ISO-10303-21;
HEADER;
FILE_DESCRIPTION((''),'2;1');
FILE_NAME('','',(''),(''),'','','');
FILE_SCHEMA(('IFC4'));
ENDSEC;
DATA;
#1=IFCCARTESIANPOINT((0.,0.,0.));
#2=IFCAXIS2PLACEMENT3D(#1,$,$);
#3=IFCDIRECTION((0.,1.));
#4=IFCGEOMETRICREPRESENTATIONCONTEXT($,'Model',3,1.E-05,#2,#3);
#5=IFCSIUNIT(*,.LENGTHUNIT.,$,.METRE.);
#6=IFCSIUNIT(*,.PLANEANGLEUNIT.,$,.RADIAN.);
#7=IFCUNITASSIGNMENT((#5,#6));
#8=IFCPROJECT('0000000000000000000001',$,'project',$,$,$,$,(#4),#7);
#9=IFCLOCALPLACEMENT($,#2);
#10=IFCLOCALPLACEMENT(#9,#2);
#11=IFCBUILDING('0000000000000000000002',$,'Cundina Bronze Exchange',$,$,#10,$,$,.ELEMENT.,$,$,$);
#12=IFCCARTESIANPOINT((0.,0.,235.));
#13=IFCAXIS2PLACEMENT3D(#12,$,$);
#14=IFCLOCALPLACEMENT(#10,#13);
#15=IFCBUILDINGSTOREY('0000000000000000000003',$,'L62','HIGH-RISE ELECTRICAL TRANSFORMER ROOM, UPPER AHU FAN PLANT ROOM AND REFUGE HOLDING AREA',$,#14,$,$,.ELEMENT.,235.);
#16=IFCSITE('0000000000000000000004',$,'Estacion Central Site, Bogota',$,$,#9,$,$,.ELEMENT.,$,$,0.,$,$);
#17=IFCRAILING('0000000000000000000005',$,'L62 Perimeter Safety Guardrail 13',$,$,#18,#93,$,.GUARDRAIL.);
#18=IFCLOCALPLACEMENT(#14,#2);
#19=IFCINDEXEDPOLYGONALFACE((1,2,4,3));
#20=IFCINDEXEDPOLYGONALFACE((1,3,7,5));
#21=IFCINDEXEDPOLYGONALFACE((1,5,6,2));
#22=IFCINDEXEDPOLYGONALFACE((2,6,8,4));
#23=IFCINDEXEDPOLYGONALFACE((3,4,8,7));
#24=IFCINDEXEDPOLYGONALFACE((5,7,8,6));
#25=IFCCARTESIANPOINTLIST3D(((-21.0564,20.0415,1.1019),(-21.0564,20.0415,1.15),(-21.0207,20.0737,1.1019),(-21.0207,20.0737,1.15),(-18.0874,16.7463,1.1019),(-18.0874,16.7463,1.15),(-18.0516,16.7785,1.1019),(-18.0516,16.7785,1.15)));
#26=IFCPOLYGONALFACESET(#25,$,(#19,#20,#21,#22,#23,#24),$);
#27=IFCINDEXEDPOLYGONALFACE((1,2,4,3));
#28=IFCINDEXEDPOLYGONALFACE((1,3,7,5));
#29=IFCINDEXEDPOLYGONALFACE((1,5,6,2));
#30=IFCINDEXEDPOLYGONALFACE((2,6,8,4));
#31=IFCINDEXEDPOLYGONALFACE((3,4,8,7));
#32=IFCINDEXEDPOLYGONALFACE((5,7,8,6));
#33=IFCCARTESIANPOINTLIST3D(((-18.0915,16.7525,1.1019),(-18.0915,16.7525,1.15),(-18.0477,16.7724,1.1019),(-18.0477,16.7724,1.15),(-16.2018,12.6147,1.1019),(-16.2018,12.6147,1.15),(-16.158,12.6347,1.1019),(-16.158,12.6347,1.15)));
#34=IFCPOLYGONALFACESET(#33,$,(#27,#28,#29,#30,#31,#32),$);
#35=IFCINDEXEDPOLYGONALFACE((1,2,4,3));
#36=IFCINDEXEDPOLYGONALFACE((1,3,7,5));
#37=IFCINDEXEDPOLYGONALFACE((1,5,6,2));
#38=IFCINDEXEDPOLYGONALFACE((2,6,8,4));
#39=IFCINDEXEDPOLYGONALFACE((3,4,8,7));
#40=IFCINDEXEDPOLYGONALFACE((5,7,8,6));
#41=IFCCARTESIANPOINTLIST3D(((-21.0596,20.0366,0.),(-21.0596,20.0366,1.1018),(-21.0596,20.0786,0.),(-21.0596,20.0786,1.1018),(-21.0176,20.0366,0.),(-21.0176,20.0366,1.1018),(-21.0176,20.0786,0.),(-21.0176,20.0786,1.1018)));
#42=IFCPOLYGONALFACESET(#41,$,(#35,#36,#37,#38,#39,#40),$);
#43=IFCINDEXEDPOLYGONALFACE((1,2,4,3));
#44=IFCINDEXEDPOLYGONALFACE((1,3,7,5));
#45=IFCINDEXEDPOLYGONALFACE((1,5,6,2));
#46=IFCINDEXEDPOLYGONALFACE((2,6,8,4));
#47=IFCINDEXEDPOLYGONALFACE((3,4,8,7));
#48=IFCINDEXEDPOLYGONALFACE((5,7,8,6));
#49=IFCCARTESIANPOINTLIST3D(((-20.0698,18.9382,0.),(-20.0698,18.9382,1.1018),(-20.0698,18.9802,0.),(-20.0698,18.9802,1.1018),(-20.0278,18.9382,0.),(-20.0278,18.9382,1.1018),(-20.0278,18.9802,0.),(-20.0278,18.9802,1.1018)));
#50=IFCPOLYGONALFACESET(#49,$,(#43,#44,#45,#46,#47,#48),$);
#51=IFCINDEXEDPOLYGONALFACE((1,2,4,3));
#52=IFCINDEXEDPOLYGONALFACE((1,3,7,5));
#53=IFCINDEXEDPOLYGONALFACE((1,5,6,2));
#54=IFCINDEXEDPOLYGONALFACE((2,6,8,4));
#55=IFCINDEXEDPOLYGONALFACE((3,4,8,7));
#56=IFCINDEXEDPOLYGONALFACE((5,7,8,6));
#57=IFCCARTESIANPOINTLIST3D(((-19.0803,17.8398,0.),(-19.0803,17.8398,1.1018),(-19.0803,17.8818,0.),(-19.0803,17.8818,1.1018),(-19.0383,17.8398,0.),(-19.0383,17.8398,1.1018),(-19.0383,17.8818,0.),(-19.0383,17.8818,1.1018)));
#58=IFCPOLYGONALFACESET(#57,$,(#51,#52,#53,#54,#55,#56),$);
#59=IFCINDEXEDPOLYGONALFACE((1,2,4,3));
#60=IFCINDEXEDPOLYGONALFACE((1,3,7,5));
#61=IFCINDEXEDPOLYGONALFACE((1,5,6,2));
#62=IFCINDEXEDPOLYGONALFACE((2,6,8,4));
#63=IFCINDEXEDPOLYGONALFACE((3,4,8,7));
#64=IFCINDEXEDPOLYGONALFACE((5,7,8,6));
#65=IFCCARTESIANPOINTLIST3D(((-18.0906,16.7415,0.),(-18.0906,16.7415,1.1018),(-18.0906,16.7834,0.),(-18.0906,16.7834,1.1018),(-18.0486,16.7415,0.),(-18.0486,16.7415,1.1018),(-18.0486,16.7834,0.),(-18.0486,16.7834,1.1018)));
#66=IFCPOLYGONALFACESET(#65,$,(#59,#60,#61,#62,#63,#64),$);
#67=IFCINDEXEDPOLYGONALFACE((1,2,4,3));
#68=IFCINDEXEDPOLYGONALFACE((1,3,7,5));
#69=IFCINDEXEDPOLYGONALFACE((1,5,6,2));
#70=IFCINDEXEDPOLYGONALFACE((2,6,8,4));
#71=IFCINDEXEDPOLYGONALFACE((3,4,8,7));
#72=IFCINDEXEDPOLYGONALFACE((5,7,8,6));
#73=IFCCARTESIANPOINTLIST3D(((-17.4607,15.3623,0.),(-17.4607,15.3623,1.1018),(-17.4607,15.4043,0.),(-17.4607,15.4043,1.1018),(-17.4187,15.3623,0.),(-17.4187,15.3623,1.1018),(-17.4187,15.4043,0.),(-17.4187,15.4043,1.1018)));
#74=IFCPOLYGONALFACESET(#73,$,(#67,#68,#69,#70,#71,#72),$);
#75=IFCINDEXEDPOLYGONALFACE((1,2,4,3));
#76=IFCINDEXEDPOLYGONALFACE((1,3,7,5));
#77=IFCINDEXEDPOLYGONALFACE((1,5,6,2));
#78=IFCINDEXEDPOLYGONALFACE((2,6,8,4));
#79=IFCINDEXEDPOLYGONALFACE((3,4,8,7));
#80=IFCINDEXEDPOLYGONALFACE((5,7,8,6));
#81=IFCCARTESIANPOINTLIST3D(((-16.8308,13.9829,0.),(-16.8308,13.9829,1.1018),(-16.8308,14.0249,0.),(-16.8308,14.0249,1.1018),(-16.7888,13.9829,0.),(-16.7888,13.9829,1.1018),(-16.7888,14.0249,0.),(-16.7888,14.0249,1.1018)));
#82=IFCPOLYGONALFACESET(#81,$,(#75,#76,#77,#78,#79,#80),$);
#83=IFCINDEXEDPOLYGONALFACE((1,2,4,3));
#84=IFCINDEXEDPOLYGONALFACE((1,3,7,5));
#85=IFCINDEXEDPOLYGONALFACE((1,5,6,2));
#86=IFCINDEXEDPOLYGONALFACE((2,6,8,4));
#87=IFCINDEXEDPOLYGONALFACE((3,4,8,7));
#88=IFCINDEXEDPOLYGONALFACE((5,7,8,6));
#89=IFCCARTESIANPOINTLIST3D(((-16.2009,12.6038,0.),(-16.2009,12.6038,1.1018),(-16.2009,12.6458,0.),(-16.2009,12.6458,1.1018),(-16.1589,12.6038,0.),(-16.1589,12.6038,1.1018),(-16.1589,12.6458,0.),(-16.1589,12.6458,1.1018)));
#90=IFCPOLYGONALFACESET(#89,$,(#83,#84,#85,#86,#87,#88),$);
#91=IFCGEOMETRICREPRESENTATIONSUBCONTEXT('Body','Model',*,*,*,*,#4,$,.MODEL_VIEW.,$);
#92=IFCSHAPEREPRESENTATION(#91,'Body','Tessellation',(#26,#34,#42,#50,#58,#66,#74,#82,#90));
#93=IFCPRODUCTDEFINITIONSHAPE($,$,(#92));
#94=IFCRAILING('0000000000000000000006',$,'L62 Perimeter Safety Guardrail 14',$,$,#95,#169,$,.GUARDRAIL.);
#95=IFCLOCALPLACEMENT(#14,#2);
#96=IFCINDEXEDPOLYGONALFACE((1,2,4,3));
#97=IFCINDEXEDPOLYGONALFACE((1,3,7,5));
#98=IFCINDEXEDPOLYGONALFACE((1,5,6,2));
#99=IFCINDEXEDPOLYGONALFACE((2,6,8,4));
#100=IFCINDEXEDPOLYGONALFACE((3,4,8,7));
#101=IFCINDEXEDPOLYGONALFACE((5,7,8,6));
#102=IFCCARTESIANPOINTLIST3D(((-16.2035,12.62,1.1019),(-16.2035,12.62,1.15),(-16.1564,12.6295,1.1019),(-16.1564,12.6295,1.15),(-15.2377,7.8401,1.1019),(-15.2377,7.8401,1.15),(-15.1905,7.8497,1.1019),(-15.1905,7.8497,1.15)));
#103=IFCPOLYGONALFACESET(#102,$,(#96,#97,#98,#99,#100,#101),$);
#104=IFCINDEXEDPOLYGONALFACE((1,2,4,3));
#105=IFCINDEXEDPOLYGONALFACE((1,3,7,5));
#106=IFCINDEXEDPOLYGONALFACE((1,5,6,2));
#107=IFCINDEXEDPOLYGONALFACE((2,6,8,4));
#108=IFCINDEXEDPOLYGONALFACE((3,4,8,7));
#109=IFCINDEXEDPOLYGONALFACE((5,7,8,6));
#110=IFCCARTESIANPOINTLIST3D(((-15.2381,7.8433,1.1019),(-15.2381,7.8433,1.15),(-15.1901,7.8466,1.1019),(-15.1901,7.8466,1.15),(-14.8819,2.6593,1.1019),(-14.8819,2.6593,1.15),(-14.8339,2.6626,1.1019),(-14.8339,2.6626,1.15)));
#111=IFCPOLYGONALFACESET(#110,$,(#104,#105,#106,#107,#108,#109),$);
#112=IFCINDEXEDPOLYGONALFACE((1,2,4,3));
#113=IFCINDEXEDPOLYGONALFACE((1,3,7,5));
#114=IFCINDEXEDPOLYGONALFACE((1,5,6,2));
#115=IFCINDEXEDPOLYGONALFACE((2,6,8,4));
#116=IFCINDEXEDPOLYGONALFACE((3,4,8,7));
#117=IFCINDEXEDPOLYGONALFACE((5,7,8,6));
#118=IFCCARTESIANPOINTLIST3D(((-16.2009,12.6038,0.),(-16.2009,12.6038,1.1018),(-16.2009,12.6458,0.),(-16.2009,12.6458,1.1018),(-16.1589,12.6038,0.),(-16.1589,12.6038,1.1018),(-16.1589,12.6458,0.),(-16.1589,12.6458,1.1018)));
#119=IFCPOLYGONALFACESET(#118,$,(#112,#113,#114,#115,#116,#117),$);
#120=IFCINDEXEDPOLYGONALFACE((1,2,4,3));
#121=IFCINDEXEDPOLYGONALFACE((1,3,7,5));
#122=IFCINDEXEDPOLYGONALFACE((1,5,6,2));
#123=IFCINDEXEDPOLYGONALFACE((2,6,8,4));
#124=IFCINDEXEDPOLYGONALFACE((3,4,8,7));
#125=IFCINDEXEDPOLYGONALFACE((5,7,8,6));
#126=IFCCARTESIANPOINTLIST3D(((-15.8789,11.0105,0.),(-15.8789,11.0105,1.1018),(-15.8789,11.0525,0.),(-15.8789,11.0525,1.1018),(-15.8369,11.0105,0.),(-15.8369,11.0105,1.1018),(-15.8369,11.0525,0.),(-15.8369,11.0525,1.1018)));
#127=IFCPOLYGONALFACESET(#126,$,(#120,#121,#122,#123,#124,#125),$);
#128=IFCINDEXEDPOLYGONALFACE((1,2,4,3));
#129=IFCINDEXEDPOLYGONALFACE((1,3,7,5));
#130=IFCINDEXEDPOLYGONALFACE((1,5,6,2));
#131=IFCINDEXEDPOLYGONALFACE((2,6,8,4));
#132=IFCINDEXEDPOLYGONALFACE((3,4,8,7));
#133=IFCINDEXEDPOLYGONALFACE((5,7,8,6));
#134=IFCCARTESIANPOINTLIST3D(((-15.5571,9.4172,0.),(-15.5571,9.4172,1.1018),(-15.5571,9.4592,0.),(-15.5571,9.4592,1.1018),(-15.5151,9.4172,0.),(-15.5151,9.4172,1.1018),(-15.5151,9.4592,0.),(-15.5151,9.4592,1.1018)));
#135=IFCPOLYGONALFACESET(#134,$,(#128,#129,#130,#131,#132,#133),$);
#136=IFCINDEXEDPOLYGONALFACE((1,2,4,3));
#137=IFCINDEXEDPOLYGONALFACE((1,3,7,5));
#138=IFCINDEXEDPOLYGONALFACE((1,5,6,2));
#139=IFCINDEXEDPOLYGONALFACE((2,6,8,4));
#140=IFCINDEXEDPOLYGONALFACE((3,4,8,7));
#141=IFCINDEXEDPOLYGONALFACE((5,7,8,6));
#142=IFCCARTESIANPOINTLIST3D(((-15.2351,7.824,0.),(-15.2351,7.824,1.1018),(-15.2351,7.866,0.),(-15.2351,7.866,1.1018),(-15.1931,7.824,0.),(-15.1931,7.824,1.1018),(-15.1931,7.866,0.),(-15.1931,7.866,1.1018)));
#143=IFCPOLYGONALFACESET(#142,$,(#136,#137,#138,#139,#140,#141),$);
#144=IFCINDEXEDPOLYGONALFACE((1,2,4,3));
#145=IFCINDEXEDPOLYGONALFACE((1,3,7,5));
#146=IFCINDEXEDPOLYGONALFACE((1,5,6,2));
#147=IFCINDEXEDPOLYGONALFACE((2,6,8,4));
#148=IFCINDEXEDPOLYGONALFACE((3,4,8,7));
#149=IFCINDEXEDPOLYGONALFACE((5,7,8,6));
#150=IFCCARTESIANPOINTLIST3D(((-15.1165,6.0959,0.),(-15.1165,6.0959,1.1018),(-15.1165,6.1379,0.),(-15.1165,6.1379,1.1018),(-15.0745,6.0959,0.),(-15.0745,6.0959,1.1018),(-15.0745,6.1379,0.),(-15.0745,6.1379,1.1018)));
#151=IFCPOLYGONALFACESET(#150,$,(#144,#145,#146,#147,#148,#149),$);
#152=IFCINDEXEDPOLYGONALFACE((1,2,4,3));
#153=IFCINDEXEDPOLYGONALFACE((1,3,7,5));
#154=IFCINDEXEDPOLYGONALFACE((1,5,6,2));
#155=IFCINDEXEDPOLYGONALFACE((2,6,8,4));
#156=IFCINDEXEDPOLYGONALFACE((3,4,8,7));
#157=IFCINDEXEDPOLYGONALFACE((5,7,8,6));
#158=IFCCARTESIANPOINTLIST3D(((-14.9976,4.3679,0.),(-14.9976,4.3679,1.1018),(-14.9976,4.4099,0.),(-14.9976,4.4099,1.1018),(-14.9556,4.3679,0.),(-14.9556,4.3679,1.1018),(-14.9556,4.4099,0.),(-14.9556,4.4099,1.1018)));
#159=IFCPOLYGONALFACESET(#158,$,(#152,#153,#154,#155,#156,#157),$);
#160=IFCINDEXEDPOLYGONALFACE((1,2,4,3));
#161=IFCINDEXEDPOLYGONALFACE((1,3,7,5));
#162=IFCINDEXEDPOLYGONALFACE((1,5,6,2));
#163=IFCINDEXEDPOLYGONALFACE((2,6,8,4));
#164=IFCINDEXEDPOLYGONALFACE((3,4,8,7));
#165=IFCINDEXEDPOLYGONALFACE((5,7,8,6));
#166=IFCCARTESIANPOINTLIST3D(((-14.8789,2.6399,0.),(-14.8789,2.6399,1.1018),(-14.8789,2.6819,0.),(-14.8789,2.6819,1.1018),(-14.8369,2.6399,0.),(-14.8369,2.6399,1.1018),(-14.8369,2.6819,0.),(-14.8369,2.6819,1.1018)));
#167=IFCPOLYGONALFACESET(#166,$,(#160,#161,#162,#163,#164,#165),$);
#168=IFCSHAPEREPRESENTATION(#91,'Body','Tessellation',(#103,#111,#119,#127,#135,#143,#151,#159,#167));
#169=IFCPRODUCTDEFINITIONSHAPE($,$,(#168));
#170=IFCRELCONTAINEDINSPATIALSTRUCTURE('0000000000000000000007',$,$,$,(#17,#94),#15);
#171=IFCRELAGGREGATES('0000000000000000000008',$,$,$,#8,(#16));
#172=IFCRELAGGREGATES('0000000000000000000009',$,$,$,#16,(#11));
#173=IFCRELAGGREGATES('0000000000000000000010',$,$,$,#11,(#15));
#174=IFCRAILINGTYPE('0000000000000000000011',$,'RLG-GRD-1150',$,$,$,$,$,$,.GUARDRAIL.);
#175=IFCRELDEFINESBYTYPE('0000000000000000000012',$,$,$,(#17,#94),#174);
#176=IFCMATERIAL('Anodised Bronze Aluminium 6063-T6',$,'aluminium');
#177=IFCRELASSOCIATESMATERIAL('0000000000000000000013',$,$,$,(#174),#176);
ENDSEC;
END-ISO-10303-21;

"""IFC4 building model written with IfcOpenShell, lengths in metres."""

from ifc_helpers import new_model, si_unit, direction, frame, origin, origin_2d, place, context, subcontext, project, spatial, rectangle, extrude, material, type_object, element, save


model = new_model("IFC4")

# Units and contexts
model_context = context("Model", 3, precision=1e-05, world=origin(), true_north=direction((0.0, 1.0)))
body_context = subcontext(model_context, "Body", "Model", "MODEL_VIEW")
ifc_project = project(units=[si_unit("LENGTHUNIT", "METRE"), si_unit("PLANEANGLEUNIT", "RADIAN")], contexts=[model_context])

# Site, building, storey
site_placement = place(None, origin())
site = spatial("IfcSite", under=ifc_project, at=site_placement, Name="Estacion Central Site, Bogota", CompositionType="ELEMENT", RefElevation=0.0)
building_placement = place(site_placement, origin())
building = spatial("IfcBuilding", under=site, at=building_placement, Name="Cundina Bronze Exchange", CompositionType="ELEMENT")
storey_placement = place(building_placement, frame((0.0, 0.0, 235.0)))
storey = spatial("IfcBuildingStorey", under=building, at=storey_placement, Name="L62", Description="HIGH-RISE ELECTRICAL TRANSFORMER ROOM, UPPER AHU FAN PLANT ROOM AND REFUGE HOLDING AREA", CompositionType="ELEMENT", Elevation=235.0)

# Railings
ifc_material_1 = material(Name="Anodised Bronze Aluminium 6063-T6", Category="aluminium")
railing_type = type_object("IfcRailingType", Name="RLG-GRD-1150", PredefinedType="GUARDRAIL", material=ifc_material_1)
railing_1_placement = place(storey_placement, frame((-21.0386, 20.0576, 0.0)))
element("IfcRailing", 1, at=railing_1_placement, inside=storey, type_object=railing_type, Name="L62 Perimeter Safety Guardrail 13", PredefinedType="GUARDRAIL", context=body_context, shape_type="SweptSolid", body=[
    extrude(rectangle(XDim=0.0481, YDim=0.0481, at=origin_2d()), frame((0.0, 0.0, 1.126), z_axis=(0.669381, -0.742919, 0.0), x_axis=(0.742919, 0.669381, 0.0)), (0.0, 0.0, 1.0), 4.4355),
    extrude(rectangle(XDim=0.0481, YDim=0.0481, at=origin_2d()), frame((2.969, -3.2952, 1.126), z_axis=(0.41542, -0.90963, 0.0), x_axis=(0.90963, 0.41542, 0.0)), (0.0, 0.0, 1.0), 4.5488),
    extrude(rectangle(XDim=0.042, YDim=0.042, at=origin_2d()), origin(), (0.0, 0.0, 1.0), 1.1018),
    extrude(rectangle(XDim=0.042, YDim=0.042, at=origin_2d()), frame((0.9897, -1.0984, 0.0)), (0.0, 0.0, 1.0), 1.1018),
    extrude(rectangle(XDim=0.042, YDim=0.042, at=origin_2d()), frame((1.9792, -2.1968, 0.0)), (0.0, 0.0, 1.0), 1.1018),
    extrude(rectangle(XDim=0.042, YDim=0.042, at=origin_2d()), frame((2.969, -3.2952, 0.0)), (0.0, 0.0, 1.0), 1.1018),
    extrude(rectangle(XDim=0.042, YDim=0.042, at=origin_2d()), frame((3.5989, -4.6743, 0.0)), (0.0, 0.0, 1.0), 1.1018),
    extrude(rectangle(XDim=0.042, YDim=0.042, at=origin_2d()), frame((4.2288, -6.0537, 0.0)), (0.0, 0.0, 1.0), 1.1018),
    extrude(rectangle(XDim=0.042, YDim=0.042, at=origin_2d()), frame((4.8586, -7.4329, 0.0)), (0.0, 0.0, 1.0), 1.1018),
])
railing_2_placement = place(storey_placement, frame((-16.1799, 12.6248, 0.0)))
element("IfcRailing", 2, at=railing_2_placement, inside=storey, type_object=railing_type, Name="L62 Perimeter Safety Guardrail 14", PredefinedType="GUARDRAIL", context=body_context, shape_type="SweptSolid", body=[
    extrude(rectangle(XDim=0.0481, YDim=0.0481, at=origin_2d()), frame((0.0, 0.0, 1.126), z_axis=(0.198061, -0.98019, 0.0), x_axis=(0.98019, 0.198061, 0.0)), (0.0, 0.0, 1.0), 4.8765),
    extrude(rectangle(XDim=0.0481, YDim=0.0481, at=origin_2d()), frame((0.9658, -4.7798, 1.126), z_axis=(0.068549, -0.997648, 0.0), x_axis=(0.997648, 0.068549, 0.0)), (0.0, 0.0, 1.0), 5.1963),
    extrude(rectangle(XDim=0.042, YDim=0.042, at=origin_2d()), origin(), (0.0, 0.0, 1.0), 1.1018),
    extrude(rectangle(XDim=0.042, YDim=0.042, at=origin_2d()), frame((0.322, -1.5933, 0.0)), (0.0, 0.0, 1.0), 1.1018),
    extrude(rectangle(XDim=0.042, YDim=0.042, at=origin_2d()), frame((0.6438, -3.1865, 0.0)), (0.0, 0.0, 1.0), 1.1018),
    extrude(rectangle(XDim=0.042, YDim=0.042, at=origin_2d()), frame((0.9658, -4.7798, 0.0)), (0.0, 0.0, 1.0), 1.1018),
    extrude(rectangle(XDim=0.042, YDim=0.042, at=origin_2d()), frame((1.0845, -6.5078, 0.0)), (0.0, 0.0, 1.0), 1.1018),
    extrude(rectangle(XDim=0.042, YDim=0.042, at=origin_2d()), frame((1.2034, -8.2358, 0.0)), (0.0, 0.0, 1.0), 1.1018),
    extrude(rectangle(XDim=0.042, YDim=0.042, at=origin_2d()), frame((1.322, -9.9639, 0.0)), (0.0, 0.0, 1.0), 1.1018),
])

save(model, "model.ifc")
